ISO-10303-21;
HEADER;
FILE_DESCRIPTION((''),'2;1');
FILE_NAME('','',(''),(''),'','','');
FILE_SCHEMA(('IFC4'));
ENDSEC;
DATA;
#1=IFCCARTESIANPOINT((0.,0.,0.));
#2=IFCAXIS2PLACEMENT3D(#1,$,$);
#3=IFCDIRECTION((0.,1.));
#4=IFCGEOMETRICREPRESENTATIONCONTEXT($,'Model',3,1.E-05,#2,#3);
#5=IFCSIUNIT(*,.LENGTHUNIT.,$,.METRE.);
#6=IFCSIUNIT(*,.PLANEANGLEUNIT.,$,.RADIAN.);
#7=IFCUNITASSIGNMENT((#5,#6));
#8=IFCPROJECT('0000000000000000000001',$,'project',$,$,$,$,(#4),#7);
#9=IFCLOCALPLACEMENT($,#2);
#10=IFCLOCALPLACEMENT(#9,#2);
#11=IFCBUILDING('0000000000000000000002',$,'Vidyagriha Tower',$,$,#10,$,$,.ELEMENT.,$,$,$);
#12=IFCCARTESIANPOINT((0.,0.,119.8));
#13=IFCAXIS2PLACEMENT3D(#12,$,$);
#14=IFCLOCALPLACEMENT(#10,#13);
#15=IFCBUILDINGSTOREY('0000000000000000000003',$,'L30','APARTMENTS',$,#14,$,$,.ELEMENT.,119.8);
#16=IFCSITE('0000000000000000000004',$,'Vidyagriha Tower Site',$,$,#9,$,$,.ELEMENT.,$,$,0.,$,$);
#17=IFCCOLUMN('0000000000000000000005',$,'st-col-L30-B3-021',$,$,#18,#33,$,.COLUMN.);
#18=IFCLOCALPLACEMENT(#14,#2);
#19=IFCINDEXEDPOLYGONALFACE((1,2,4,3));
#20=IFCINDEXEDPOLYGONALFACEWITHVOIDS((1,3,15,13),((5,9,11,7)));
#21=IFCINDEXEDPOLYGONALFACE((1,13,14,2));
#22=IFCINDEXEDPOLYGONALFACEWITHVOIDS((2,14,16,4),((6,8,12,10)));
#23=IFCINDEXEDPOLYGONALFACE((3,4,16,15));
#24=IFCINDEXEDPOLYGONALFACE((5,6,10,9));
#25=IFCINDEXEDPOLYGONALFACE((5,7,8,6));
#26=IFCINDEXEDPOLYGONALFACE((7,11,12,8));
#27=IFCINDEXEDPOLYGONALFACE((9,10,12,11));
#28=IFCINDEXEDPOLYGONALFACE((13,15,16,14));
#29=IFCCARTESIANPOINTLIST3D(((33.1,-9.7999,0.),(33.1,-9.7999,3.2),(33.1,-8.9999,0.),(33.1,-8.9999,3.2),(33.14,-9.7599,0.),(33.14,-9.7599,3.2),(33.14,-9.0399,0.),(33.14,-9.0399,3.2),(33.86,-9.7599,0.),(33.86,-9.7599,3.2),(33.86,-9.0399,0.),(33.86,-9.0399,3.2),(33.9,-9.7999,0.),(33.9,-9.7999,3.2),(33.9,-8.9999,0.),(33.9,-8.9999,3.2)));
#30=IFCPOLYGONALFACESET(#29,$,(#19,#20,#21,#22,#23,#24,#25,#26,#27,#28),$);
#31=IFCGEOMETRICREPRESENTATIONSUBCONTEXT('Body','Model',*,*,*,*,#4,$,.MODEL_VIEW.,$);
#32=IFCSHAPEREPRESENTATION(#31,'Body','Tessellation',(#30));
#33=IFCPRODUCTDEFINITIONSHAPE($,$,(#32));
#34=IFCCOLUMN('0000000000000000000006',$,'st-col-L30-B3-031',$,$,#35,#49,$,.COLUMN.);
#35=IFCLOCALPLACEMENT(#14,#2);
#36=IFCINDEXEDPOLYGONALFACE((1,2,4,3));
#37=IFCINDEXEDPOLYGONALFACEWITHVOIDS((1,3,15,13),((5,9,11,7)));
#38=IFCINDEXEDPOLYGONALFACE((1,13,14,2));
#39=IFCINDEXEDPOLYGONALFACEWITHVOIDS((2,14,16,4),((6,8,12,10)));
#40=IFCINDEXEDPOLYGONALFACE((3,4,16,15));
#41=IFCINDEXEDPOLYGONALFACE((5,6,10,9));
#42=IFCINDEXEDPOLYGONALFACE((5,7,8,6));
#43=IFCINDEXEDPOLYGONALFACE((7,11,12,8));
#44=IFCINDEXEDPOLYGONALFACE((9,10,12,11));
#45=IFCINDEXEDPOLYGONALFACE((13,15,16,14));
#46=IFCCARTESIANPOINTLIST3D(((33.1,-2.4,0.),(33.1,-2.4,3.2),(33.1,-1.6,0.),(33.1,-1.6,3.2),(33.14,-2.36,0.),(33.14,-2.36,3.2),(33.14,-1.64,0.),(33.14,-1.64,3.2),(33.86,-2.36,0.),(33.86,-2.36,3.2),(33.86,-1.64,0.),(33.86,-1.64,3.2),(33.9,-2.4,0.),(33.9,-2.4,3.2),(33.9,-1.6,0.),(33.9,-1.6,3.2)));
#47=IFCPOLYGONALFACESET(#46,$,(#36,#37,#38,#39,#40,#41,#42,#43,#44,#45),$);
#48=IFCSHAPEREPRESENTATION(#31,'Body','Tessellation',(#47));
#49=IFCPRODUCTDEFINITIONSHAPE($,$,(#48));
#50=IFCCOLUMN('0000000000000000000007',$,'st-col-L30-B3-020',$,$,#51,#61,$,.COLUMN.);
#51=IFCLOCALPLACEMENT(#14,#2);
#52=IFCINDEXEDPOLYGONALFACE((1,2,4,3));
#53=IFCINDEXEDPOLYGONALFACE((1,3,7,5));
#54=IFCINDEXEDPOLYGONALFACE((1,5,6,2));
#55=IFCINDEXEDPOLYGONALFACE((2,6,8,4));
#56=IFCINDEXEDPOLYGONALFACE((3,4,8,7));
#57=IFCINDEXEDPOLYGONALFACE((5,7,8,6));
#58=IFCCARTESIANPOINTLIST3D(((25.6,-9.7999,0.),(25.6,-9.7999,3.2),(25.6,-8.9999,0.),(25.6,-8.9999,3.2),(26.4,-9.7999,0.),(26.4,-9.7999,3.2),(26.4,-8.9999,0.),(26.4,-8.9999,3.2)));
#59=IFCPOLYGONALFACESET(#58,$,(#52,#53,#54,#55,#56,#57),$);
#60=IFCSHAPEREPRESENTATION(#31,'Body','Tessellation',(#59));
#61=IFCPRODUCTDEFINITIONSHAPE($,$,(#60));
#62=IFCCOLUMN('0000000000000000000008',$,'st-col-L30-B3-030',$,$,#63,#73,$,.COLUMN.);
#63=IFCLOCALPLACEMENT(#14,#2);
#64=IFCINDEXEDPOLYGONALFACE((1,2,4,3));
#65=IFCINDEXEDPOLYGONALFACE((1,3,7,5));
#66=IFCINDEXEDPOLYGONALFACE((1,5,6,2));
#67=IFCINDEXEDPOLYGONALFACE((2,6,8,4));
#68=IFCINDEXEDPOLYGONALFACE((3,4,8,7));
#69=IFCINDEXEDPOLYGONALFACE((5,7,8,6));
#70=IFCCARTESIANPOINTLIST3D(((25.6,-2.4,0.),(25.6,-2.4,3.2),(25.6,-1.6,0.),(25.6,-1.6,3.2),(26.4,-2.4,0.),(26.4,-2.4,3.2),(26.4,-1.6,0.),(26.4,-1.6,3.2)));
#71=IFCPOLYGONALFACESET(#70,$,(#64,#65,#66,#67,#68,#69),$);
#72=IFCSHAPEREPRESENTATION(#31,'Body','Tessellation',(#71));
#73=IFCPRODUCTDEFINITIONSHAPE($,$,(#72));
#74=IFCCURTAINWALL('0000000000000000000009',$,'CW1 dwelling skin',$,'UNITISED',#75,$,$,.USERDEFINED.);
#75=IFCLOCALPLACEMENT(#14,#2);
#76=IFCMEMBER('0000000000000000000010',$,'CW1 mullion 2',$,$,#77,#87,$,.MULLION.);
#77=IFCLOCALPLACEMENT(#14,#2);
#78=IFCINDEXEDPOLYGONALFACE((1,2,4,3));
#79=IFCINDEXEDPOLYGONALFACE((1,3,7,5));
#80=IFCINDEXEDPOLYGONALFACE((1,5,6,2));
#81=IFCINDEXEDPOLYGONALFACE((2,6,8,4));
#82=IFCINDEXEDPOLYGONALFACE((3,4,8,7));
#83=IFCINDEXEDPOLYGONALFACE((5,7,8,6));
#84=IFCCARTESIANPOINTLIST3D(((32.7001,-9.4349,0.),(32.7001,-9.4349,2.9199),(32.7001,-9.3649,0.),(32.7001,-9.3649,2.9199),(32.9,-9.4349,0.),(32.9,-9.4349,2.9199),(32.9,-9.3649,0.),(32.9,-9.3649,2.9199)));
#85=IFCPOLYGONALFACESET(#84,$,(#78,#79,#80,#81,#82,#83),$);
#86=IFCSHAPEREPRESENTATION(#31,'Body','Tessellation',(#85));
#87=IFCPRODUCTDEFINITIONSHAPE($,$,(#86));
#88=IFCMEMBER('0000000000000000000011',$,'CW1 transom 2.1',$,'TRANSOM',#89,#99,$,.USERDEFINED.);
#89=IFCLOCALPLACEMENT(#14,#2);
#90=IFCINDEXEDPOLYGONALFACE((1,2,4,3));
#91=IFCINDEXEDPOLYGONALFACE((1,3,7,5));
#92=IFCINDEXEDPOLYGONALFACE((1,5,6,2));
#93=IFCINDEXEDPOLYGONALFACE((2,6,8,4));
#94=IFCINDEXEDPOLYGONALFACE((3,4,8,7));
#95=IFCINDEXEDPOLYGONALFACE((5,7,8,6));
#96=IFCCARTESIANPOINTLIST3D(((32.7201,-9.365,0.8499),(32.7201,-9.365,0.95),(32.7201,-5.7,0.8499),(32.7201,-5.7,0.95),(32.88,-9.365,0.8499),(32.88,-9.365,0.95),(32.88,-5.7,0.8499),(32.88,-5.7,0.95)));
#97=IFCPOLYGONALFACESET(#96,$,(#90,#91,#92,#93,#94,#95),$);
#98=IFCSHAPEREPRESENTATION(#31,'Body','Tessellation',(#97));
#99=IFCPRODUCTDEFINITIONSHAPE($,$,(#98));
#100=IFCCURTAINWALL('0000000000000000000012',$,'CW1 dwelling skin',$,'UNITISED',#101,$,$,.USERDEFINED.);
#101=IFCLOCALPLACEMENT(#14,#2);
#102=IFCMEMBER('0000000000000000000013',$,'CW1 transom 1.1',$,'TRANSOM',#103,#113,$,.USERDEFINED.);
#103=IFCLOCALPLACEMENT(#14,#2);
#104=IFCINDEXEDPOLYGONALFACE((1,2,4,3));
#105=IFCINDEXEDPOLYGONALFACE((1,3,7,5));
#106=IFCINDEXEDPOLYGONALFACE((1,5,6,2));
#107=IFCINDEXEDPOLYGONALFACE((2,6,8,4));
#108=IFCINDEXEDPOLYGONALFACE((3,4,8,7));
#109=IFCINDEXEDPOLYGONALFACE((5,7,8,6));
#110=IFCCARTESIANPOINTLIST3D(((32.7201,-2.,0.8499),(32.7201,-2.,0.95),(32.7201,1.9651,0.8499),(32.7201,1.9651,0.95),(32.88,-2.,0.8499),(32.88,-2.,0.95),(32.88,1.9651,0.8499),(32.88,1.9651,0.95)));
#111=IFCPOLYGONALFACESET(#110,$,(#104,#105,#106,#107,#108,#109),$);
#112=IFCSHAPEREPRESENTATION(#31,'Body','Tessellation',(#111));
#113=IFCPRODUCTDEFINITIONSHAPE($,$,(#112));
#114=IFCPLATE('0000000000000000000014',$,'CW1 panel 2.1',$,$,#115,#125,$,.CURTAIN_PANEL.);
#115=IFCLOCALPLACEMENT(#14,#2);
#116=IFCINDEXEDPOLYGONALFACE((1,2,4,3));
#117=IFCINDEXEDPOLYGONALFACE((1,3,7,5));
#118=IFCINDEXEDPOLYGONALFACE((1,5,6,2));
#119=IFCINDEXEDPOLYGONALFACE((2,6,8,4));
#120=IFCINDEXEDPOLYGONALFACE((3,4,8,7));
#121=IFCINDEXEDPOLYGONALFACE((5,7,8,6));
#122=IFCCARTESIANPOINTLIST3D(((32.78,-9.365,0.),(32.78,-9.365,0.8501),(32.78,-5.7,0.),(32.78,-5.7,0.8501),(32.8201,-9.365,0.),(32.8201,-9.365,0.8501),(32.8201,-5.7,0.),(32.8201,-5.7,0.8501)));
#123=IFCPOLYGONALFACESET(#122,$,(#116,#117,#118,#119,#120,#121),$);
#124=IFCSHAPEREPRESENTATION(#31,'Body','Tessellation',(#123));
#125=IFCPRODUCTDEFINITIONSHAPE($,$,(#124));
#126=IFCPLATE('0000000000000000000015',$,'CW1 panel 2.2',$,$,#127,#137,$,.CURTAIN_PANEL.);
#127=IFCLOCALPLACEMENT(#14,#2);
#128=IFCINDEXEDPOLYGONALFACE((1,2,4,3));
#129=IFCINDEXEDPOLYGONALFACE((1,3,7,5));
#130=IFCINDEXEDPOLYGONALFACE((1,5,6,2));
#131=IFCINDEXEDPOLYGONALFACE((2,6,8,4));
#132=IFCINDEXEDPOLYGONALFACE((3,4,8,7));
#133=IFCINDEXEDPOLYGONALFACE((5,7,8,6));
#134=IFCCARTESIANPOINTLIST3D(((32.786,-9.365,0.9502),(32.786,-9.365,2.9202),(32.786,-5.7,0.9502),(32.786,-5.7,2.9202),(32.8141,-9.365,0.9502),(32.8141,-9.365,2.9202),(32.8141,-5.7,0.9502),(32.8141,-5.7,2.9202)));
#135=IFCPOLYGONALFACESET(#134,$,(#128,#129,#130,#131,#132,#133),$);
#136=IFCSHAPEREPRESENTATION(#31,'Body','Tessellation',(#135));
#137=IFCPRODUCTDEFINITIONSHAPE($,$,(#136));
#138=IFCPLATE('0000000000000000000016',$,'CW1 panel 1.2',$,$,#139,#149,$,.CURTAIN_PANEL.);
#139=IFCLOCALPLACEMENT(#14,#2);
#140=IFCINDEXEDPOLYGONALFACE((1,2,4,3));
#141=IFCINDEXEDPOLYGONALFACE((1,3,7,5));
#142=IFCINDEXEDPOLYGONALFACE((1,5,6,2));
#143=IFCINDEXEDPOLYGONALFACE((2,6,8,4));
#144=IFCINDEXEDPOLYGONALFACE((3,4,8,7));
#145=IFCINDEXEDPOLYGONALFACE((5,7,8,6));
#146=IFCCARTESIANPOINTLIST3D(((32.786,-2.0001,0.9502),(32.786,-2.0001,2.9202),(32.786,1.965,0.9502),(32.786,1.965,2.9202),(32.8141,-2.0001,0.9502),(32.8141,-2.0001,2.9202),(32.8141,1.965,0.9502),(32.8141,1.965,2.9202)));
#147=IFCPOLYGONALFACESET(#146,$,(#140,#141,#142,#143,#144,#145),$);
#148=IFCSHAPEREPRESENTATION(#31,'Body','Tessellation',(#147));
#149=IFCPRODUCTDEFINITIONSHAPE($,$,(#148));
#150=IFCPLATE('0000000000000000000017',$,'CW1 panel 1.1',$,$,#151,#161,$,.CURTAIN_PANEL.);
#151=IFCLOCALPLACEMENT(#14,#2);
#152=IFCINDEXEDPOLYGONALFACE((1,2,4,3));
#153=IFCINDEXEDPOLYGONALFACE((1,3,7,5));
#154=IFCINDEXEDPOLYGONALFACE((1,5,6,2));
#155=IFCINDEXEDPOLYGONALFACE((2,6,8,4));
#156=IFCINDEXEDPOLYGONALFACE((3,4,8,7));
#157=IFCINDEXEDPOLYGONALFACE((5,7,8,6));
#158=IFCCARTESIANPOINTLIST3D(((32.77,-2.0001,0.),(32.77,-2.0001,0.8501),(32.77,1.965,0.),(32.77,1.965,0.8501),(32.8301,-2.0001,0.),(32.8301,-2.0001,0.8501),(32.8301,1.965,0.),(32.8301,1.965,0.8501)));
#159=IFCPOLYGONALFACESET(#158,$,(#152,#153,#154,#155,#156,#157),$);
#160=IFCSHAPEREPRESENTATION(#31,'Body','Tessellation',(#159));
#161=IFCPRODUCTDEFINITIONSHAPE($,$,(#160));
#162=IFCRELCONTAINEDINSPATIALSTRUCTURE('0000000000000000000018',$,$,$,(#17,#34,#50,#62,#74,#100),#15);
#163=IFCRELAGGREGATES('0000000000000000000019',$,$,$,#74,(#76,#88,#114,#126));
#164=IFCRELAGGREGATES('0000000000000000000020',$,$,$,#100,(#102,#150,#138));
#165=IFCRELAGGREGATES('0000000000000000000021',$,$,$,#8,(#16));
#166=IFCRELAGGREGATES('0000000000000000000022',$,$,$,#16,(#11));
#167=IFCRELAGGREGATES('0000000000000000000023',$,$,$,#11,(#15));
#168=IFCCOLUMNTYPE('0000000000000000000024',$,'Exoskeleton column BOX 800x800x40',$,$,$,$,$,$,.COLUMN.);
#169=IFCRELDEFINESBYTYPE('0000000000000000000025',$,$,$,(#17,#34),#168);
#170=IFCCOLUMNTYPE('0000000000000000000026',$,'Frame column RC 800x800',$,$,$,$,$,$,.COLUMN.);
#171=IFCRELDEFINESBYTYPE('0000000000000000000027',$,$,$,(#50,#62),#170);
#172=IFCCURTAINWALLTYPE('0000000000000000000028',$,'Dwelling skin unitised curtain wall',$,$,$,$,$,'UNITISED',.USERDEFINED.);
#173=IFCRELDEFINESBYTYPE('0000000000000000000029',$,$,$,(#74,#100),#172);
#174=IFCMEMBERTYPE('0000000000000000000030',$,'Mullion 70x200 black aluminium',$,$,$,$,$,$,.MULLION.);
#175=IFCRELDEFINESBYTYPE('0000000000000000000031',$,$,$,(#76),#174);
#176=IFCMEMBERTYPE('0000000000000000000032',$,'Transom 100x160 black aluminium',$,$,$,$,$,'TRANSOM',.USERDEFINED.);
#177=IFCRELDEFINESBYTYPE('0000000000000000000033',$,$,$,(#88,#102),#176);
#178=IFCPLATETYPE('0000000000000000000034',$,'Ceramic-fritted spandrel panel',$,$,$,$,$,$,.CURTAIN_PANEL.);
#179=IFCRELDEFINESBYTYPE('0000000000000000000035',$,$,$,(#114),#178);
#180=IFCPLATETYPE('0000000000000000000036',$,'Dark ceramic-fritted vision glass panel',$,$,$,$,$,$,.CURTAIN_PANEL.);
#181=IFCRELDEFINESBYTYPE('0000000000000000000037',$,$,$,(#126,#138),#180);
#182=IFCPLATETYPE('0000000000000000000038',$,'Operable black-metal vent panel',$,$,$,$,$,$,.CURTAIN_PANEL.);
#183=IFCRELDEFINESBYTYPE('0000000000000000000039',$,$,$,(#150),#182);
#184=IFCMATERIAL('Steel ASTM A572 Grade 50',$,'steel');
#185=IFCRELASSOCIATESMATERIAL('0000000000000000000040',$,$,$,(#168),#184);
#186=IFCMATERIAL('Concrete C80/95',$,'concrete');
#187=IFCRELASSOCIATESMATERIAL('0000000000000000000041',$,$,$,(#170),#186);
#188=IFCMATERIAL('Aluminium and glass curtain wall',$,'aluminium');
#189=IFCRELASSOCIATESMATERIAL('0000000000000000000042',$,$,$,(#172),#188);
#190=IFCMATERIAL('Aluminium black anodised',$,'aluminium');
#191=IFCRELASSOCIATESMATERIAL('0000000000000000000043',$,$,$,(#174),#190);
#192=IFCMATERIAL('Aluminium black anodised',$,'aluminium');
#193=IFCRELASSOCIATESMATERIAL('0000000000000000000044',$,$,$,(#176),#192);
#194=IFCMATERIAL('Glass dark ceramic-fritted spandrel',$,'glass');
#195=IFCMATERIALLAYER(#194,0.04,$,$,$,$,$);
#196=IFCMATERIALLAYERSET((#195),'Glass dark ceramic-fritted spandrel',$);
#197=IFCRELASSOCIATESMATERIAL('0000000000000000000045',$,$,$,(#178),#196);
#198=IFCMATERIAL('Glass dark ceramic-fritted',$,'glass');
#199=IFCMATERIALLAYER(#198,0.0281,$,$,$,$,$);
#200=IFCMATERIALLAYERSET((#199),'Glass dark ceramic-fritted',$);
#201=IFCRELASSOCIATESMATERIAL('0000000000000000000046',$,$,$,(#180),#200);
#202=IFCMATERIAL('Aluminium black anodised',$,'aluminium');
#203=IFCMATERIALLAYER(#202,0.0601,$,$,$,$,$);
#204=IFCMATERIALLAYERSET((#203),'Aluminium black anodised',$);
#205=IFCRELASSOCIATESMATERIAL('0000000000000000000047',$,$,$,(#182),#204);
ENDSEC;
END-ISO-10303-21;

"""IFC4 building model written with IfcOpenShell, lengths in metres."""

from ifc_helpers import new_model, si_unit, direction, frame, origin, origin_2d, place, context, subcontext, project, spatial, rectangle, hollow_rectangle, extrude, material, layer, layer_set, material_profile, profile_set, type_object, element, aggregate, save


model = new_model("IFC4")

# Units and contexts
model_context = context("Model", 3, precision=1e-05, world=origin(), true_north=direction((0.0, 1.0)))
body_context = subcontext(model_context, "Body", "Model", "MODEL_VIEW")
ifc_project = project(units=[si_unit("LENGTHUNIT", "METRE"), si_unit("PLANEANGLEUNIT", "RADIAN")], contexts=[model_context])

# Site, building, storey
site_placement = place(None, origin())
site = spatial("IfcSite", under=ifc_project, at=site_placement, Name="Vidyagriha Tower Site", CompositionType="ELEMENT", RefElevation=0.0)
building_placement = place(site_placement, origin())
building = spatial("IfcBuilding", under=site, at=building_placement, Name="Vidyagriha Tower", CompositionType="ELEMENT")
storey_placement = place(building_placement, frame((0.0, 0.0, 119.8)))
storey = spatial("IfcBuildingStorey", under=building, at=storey_placement, Name="L30", Description="APARTMENTS", CompositionType="ELEMENT", Elevation=119.8)

# Columns
ifc_material_1 = material(Name="Steel ASTM A572 Grade 50", Category="steel")
ifc_material_profile_1 = material_profile(ifc_material_1, hollow_rectangle(XDim=0.8, YDim=0.8, WallThickness=0.04, at=origin_2d()), Name="BOX 800x800x40")
ifc_profile_set_1 = profile_set([ifc_material_profile_1], Name="Steel ASTM A572 Grade 50")
column_type_1 = type_object("IfcColumnType", Name="Exoskeleton column BOX 800x800x40", PredefinedType="COLUMN", material=ifc_profile_set_1)
for number, where, name in (
    (1, (33.5, -9.3999, 0.0), "st-col-L30-B3-021"),
    (2, (33.5, -2.0, 0.0), "st-col-L30-B3-031"),
):
    element("IfcColumn", number, at=place(storey_placement, frame(where)), inside=storey, type_object=column_type_1, Name=name, PredefinedType="COLUMN", context=body_context, shape_type="SweptSolid", body=[
        extrude(hollow_rectangle(XDim=0.8, YDim=0.8, WallThickness=0.04, at=origin_2d()), origin(), (0.0, 0.0, 1.0), 3.2),
    ])
ifc_material_2 = material(Name="Concrete C80/95", Category="concrete")
ifc_material_profile_2 = material_profile(ifc_material_2, rectangle(XDim=0.8, YDim=0.8, at=origin_2d()), Name="RC 800x800")
ifc_profile_set_2 = profile_set([ifc_material_profile_2], Name="Concrete C80/95")
column_type_2 = type_object("IfcColumnType", Name="Frame column RC 800x800", PredefinedType="COLUMN", material=ifc_profile_set_2)
for number, where, name in (
    (3, (26.0, -9.3999, 0.0), "st-col-L30-B3-020"),
    (4, (26.0, -2.0, 0.0), "st-col-L30-B3-030"),
):
    element("IfcColumn", number, at=place(storey_placement, frame(where)), inside=storey, type_object=column_type_2, Name=name, PredefinedType="COLUMN", context=body_context, shape_type="SweptSolid", body=[
        extrude(rectangle(XDim=0.8, YDim=0.8, at=origin_2d()), origin(), (0.0, 0.0, 1.0), 3.2),
    ])

# Curtain wall, members
ifc_material_3 = material(Name="Aluminium and glass curtain wall", Category="aluminium")
curtain_wall_type = type_object("IfcCurtainWallType", Name="Dwelling skin unitised curtain wall", ElementType="UNITISED", PredefinedType="USERDEFINED", material=ifc_material_3)
curtain_wall_1_placement = place(storey_placement, origin())
curtain_wall_1 = element("IfcCurtainWall", 5, at=curtain_wall_1_placement, inside=storey, type_object=curtain_wall_type, Name="CW1 dwelling skin", ObjectType="UNITISED", PredefinedType="USERDEFINED")
ifc_material_4 = material(Name="Aluminium black anodised", Category="aluminium")
ifc_material_profile_3 = material_profile(ifc_material_4, rectangle(XDim=0.2, YDim=0.0701, at=origin_2d()), Name="Mullion 70x200 black aluminium")
ifc_profile_set_3 = profile_set([ifc_material_profile_3], Name="Aluminium black anodised")
member_type_1 = type_object("IfcMemberType", Name="Mullion 70x200 black aluminium", PredefinedType="MULLION", material=ifc_profile_set_3)
member_1_placement = place(storey_placement, frame((32.8, -9.3999, 0.0), z_axis=(0.0, 0.0, 1.0), x_axis=(-1.0, 0.0, 0.0)))
member_1 = element("IfcMember", 6, at=member_1_placement, type_object=member_type_1, Name="CW1 mullion 2", PredefinedType="MULLION", context=body_context, shape_type="SweptSolid", body=[
    extrude(rectangle(XDim=0.2, YDim=0.0701, at=origin_2d()), origin(), (0.0, 0.0, 1.0), 2.9199),
])
ifc_material_5 = material(Name="Aluminium black anodised", Category="aluminium")
ifc_material_profile_4 = material_profile(ifc_material_5, rectangle(XDim=0.1599, YDim=0.1001, at=origin_2d()), Name="Transom 100x160 black aluminium")
ifc_profile_set_4 = profile_set([ifc_material_profile_4], Name="Aluminium black anodised")
member_type_2 = type_object("IfcMemberType", Name="Transom 100x160 black aluminium", ElementType="TRANSOM", PredefinedType="USERDEFINED", material=ifc_profile_set_4)
member_2_placement = place(storey_placement, frame((32.8, -9.365, 0.8999), z_axis=(0.0, 1.0, 0.0), x_axis=(-1.0, 0.0, 0.0)))
member_2 = element("IfcMember", 7, at=member_2_placement, type_object=member_type_2, Name="CW1 transom 2.1", ObjectType="TRANSOM", PredefinedType="USERDEFINED", context=body_context, shape_type="SweptSolid", body=[
    extrude(rectangle(XDim=0.1599, YDim=0.1001, at=origin_2d()), origin(), (0.0, 0.0, 1.0), 3.665),
])

# Curtain wall, member
curtain_wall_2_placement = place(storey_placement, origin())
curtain_wall_2 = element("IfcCurtainWall", 8, at=curtain_wall_2_placement, inside=storey, type_object=curtain_wall_type, Name="CW1 dwelling skin", ObjectType="UNITISED", PredefinedType="USERDEFINED")
member_3_placement = place(storey_placement, frame((32.8, -2.0, 0.8999), z_axis=(0.0, 1.0, 0.0), x_axis=(-1.0, 0.0, 0.0)))
member_3 = element("IfcMember", 9, at=member_3_placement, type_object=member_type_2, Name="CW1 transom 1.1", ObjectType="TRANSOM", PredefinedType="USERDEFINED", context=body_context, shape_type="SweptSolid", body=[
    extrude(rectangle(XDim=0.1599, YDim=0.1001, at=origin_2d()), origin(), (0.0, 0.0, 1.0), 3.9651),
])

# Plates
ifc_material_6 = material(Name="Glass dark ceramic-fritted spandrel", Category="glass")
ifc_layer_1 = layer(ifc_material_6, 0.04)
ifc_layer_set_1 = layer_set([ifc_layer_1], Name="Glass dark ceramic-fritted spandrel")
plate_type_1 = type_object("IfcPlateType", Name="Ceramic-fritted spandrel panel", PredefinedType="CURTAIN_PANEL", material=ifc_layer_set_1)
plate_1_placement = place(storey_placement, frame((32.8, -7.5325, 0.0), z_axis=(0.0, 0.0, 1.0), x_axis=(0.0, 1.0, 0.0)))
plate_1 = element("IfcPlate", 10, at=plate_1_placement, type_object=plate_type_1, Name="CW1 panel 2.1", PredefinedType="CURTAIN_PANEL", context=body_context, shape_type="SweptSolid", body=[
    extrude(rectangle(XDim=3.665, YDim=0.04, at=origin_2d()), origin(), (0.0, 0.0, 1.0), 0.8501),
])
ifc_material_7 = material(Name="Glass dark ceramic-fritted", Category="glass")
ifc_layer_2 = layer(ifc_material_7, 0.0281)
ifc_layer_set_2 = layer_set([ifc_layer_2], Name="Glass dark ceramic-fritted")
plate_type_2 = type_object("IfcPlateType", Name="Dark ceramic-fritted vision glass panel", PredefinedType="CURTAIN_PANEL", material=ifc_layer_set_2)
plate_2_placement = place(storey_placement, frame((32.8, -7.5325, 0.9502), z_axis=(0.0, 0.0, 1.0), x_axis=(0.0, 1.0, 0.0)))
plate_2 = element("IfcPlate", 11, at=plate_2_placement, type_object=plate_type_2, Name="CW1 panel 2.2", PredefinedType="CURTAIN_PANEL", context=body_context, shape_type="SweptSolid", body=[
    extrude(rectangle(XDim=3.665, YDim=0.0281, at=origin_2d()), origin(), (0.0, 0.0, 1.0), 1.97),
])
aggregate(curtain_wall_1, [member_1, member_2, plate_1, plate_2])
plate_3_placement = place(storey_placement, frame((32.8, -0.0176, 0.9502), z_axis=(0.0, 0.0, 1.0), x_axis=(0.0, 1.0, 0.0)))
plate_3 = element("IfcPlate", 12, at=plate_3_placement, type_object=plate_type_2, Name="CW1 panel 1.2", PredefinedType="CURTAIN_PANEL", context=body_context, shape_type="SweptSolid", body=[
    extrude(rectangle(XDim=3.9651, YDim=0.0281, at=origin_2d()), origin(), (0.0, 0.0, 1.0), 1.97),
])
ifc_material_8 = material(Name="Aluminium black anodised", Category="aluminium")
ifc_layer_3 = layer(ifc_material_8, 0.0601)
ifc_layer_set_3 = layer_set([ifc_layer_3], Name="Aluminium black anodised")
plate_type_3 = type_object("IfcPlateType", Name="Operable black-metal vent panel", PredefinedType="CURTAIN_PANEL", material=ifc_layer_set_3)
plate_4_placement = place(storey_placement, frame((32.8, -0.0176, 0.0), z_axis=(0.0, 0.0, 1.0), x_axis=(0.0, 1.0, 0.0)))
plate_4 = element("IfcPlate", 13, at=plate_4_placement, type_object=plate_type_3, Name="CW1 panel 1.1", PredefinedType="CURTAIN_PANEL", context=body_context, shape_type="SweptSolid", body=[
    extrude(rectangle(XDim=3.9651, YDim=0.0601, at=origin_2d()), origin(), (0.0, 0.0, 1.0), 0.8501),
])
aggregate(curtain_wall_2, [member_3, plate_4, plate_3])

save(model, "model.ifc")
